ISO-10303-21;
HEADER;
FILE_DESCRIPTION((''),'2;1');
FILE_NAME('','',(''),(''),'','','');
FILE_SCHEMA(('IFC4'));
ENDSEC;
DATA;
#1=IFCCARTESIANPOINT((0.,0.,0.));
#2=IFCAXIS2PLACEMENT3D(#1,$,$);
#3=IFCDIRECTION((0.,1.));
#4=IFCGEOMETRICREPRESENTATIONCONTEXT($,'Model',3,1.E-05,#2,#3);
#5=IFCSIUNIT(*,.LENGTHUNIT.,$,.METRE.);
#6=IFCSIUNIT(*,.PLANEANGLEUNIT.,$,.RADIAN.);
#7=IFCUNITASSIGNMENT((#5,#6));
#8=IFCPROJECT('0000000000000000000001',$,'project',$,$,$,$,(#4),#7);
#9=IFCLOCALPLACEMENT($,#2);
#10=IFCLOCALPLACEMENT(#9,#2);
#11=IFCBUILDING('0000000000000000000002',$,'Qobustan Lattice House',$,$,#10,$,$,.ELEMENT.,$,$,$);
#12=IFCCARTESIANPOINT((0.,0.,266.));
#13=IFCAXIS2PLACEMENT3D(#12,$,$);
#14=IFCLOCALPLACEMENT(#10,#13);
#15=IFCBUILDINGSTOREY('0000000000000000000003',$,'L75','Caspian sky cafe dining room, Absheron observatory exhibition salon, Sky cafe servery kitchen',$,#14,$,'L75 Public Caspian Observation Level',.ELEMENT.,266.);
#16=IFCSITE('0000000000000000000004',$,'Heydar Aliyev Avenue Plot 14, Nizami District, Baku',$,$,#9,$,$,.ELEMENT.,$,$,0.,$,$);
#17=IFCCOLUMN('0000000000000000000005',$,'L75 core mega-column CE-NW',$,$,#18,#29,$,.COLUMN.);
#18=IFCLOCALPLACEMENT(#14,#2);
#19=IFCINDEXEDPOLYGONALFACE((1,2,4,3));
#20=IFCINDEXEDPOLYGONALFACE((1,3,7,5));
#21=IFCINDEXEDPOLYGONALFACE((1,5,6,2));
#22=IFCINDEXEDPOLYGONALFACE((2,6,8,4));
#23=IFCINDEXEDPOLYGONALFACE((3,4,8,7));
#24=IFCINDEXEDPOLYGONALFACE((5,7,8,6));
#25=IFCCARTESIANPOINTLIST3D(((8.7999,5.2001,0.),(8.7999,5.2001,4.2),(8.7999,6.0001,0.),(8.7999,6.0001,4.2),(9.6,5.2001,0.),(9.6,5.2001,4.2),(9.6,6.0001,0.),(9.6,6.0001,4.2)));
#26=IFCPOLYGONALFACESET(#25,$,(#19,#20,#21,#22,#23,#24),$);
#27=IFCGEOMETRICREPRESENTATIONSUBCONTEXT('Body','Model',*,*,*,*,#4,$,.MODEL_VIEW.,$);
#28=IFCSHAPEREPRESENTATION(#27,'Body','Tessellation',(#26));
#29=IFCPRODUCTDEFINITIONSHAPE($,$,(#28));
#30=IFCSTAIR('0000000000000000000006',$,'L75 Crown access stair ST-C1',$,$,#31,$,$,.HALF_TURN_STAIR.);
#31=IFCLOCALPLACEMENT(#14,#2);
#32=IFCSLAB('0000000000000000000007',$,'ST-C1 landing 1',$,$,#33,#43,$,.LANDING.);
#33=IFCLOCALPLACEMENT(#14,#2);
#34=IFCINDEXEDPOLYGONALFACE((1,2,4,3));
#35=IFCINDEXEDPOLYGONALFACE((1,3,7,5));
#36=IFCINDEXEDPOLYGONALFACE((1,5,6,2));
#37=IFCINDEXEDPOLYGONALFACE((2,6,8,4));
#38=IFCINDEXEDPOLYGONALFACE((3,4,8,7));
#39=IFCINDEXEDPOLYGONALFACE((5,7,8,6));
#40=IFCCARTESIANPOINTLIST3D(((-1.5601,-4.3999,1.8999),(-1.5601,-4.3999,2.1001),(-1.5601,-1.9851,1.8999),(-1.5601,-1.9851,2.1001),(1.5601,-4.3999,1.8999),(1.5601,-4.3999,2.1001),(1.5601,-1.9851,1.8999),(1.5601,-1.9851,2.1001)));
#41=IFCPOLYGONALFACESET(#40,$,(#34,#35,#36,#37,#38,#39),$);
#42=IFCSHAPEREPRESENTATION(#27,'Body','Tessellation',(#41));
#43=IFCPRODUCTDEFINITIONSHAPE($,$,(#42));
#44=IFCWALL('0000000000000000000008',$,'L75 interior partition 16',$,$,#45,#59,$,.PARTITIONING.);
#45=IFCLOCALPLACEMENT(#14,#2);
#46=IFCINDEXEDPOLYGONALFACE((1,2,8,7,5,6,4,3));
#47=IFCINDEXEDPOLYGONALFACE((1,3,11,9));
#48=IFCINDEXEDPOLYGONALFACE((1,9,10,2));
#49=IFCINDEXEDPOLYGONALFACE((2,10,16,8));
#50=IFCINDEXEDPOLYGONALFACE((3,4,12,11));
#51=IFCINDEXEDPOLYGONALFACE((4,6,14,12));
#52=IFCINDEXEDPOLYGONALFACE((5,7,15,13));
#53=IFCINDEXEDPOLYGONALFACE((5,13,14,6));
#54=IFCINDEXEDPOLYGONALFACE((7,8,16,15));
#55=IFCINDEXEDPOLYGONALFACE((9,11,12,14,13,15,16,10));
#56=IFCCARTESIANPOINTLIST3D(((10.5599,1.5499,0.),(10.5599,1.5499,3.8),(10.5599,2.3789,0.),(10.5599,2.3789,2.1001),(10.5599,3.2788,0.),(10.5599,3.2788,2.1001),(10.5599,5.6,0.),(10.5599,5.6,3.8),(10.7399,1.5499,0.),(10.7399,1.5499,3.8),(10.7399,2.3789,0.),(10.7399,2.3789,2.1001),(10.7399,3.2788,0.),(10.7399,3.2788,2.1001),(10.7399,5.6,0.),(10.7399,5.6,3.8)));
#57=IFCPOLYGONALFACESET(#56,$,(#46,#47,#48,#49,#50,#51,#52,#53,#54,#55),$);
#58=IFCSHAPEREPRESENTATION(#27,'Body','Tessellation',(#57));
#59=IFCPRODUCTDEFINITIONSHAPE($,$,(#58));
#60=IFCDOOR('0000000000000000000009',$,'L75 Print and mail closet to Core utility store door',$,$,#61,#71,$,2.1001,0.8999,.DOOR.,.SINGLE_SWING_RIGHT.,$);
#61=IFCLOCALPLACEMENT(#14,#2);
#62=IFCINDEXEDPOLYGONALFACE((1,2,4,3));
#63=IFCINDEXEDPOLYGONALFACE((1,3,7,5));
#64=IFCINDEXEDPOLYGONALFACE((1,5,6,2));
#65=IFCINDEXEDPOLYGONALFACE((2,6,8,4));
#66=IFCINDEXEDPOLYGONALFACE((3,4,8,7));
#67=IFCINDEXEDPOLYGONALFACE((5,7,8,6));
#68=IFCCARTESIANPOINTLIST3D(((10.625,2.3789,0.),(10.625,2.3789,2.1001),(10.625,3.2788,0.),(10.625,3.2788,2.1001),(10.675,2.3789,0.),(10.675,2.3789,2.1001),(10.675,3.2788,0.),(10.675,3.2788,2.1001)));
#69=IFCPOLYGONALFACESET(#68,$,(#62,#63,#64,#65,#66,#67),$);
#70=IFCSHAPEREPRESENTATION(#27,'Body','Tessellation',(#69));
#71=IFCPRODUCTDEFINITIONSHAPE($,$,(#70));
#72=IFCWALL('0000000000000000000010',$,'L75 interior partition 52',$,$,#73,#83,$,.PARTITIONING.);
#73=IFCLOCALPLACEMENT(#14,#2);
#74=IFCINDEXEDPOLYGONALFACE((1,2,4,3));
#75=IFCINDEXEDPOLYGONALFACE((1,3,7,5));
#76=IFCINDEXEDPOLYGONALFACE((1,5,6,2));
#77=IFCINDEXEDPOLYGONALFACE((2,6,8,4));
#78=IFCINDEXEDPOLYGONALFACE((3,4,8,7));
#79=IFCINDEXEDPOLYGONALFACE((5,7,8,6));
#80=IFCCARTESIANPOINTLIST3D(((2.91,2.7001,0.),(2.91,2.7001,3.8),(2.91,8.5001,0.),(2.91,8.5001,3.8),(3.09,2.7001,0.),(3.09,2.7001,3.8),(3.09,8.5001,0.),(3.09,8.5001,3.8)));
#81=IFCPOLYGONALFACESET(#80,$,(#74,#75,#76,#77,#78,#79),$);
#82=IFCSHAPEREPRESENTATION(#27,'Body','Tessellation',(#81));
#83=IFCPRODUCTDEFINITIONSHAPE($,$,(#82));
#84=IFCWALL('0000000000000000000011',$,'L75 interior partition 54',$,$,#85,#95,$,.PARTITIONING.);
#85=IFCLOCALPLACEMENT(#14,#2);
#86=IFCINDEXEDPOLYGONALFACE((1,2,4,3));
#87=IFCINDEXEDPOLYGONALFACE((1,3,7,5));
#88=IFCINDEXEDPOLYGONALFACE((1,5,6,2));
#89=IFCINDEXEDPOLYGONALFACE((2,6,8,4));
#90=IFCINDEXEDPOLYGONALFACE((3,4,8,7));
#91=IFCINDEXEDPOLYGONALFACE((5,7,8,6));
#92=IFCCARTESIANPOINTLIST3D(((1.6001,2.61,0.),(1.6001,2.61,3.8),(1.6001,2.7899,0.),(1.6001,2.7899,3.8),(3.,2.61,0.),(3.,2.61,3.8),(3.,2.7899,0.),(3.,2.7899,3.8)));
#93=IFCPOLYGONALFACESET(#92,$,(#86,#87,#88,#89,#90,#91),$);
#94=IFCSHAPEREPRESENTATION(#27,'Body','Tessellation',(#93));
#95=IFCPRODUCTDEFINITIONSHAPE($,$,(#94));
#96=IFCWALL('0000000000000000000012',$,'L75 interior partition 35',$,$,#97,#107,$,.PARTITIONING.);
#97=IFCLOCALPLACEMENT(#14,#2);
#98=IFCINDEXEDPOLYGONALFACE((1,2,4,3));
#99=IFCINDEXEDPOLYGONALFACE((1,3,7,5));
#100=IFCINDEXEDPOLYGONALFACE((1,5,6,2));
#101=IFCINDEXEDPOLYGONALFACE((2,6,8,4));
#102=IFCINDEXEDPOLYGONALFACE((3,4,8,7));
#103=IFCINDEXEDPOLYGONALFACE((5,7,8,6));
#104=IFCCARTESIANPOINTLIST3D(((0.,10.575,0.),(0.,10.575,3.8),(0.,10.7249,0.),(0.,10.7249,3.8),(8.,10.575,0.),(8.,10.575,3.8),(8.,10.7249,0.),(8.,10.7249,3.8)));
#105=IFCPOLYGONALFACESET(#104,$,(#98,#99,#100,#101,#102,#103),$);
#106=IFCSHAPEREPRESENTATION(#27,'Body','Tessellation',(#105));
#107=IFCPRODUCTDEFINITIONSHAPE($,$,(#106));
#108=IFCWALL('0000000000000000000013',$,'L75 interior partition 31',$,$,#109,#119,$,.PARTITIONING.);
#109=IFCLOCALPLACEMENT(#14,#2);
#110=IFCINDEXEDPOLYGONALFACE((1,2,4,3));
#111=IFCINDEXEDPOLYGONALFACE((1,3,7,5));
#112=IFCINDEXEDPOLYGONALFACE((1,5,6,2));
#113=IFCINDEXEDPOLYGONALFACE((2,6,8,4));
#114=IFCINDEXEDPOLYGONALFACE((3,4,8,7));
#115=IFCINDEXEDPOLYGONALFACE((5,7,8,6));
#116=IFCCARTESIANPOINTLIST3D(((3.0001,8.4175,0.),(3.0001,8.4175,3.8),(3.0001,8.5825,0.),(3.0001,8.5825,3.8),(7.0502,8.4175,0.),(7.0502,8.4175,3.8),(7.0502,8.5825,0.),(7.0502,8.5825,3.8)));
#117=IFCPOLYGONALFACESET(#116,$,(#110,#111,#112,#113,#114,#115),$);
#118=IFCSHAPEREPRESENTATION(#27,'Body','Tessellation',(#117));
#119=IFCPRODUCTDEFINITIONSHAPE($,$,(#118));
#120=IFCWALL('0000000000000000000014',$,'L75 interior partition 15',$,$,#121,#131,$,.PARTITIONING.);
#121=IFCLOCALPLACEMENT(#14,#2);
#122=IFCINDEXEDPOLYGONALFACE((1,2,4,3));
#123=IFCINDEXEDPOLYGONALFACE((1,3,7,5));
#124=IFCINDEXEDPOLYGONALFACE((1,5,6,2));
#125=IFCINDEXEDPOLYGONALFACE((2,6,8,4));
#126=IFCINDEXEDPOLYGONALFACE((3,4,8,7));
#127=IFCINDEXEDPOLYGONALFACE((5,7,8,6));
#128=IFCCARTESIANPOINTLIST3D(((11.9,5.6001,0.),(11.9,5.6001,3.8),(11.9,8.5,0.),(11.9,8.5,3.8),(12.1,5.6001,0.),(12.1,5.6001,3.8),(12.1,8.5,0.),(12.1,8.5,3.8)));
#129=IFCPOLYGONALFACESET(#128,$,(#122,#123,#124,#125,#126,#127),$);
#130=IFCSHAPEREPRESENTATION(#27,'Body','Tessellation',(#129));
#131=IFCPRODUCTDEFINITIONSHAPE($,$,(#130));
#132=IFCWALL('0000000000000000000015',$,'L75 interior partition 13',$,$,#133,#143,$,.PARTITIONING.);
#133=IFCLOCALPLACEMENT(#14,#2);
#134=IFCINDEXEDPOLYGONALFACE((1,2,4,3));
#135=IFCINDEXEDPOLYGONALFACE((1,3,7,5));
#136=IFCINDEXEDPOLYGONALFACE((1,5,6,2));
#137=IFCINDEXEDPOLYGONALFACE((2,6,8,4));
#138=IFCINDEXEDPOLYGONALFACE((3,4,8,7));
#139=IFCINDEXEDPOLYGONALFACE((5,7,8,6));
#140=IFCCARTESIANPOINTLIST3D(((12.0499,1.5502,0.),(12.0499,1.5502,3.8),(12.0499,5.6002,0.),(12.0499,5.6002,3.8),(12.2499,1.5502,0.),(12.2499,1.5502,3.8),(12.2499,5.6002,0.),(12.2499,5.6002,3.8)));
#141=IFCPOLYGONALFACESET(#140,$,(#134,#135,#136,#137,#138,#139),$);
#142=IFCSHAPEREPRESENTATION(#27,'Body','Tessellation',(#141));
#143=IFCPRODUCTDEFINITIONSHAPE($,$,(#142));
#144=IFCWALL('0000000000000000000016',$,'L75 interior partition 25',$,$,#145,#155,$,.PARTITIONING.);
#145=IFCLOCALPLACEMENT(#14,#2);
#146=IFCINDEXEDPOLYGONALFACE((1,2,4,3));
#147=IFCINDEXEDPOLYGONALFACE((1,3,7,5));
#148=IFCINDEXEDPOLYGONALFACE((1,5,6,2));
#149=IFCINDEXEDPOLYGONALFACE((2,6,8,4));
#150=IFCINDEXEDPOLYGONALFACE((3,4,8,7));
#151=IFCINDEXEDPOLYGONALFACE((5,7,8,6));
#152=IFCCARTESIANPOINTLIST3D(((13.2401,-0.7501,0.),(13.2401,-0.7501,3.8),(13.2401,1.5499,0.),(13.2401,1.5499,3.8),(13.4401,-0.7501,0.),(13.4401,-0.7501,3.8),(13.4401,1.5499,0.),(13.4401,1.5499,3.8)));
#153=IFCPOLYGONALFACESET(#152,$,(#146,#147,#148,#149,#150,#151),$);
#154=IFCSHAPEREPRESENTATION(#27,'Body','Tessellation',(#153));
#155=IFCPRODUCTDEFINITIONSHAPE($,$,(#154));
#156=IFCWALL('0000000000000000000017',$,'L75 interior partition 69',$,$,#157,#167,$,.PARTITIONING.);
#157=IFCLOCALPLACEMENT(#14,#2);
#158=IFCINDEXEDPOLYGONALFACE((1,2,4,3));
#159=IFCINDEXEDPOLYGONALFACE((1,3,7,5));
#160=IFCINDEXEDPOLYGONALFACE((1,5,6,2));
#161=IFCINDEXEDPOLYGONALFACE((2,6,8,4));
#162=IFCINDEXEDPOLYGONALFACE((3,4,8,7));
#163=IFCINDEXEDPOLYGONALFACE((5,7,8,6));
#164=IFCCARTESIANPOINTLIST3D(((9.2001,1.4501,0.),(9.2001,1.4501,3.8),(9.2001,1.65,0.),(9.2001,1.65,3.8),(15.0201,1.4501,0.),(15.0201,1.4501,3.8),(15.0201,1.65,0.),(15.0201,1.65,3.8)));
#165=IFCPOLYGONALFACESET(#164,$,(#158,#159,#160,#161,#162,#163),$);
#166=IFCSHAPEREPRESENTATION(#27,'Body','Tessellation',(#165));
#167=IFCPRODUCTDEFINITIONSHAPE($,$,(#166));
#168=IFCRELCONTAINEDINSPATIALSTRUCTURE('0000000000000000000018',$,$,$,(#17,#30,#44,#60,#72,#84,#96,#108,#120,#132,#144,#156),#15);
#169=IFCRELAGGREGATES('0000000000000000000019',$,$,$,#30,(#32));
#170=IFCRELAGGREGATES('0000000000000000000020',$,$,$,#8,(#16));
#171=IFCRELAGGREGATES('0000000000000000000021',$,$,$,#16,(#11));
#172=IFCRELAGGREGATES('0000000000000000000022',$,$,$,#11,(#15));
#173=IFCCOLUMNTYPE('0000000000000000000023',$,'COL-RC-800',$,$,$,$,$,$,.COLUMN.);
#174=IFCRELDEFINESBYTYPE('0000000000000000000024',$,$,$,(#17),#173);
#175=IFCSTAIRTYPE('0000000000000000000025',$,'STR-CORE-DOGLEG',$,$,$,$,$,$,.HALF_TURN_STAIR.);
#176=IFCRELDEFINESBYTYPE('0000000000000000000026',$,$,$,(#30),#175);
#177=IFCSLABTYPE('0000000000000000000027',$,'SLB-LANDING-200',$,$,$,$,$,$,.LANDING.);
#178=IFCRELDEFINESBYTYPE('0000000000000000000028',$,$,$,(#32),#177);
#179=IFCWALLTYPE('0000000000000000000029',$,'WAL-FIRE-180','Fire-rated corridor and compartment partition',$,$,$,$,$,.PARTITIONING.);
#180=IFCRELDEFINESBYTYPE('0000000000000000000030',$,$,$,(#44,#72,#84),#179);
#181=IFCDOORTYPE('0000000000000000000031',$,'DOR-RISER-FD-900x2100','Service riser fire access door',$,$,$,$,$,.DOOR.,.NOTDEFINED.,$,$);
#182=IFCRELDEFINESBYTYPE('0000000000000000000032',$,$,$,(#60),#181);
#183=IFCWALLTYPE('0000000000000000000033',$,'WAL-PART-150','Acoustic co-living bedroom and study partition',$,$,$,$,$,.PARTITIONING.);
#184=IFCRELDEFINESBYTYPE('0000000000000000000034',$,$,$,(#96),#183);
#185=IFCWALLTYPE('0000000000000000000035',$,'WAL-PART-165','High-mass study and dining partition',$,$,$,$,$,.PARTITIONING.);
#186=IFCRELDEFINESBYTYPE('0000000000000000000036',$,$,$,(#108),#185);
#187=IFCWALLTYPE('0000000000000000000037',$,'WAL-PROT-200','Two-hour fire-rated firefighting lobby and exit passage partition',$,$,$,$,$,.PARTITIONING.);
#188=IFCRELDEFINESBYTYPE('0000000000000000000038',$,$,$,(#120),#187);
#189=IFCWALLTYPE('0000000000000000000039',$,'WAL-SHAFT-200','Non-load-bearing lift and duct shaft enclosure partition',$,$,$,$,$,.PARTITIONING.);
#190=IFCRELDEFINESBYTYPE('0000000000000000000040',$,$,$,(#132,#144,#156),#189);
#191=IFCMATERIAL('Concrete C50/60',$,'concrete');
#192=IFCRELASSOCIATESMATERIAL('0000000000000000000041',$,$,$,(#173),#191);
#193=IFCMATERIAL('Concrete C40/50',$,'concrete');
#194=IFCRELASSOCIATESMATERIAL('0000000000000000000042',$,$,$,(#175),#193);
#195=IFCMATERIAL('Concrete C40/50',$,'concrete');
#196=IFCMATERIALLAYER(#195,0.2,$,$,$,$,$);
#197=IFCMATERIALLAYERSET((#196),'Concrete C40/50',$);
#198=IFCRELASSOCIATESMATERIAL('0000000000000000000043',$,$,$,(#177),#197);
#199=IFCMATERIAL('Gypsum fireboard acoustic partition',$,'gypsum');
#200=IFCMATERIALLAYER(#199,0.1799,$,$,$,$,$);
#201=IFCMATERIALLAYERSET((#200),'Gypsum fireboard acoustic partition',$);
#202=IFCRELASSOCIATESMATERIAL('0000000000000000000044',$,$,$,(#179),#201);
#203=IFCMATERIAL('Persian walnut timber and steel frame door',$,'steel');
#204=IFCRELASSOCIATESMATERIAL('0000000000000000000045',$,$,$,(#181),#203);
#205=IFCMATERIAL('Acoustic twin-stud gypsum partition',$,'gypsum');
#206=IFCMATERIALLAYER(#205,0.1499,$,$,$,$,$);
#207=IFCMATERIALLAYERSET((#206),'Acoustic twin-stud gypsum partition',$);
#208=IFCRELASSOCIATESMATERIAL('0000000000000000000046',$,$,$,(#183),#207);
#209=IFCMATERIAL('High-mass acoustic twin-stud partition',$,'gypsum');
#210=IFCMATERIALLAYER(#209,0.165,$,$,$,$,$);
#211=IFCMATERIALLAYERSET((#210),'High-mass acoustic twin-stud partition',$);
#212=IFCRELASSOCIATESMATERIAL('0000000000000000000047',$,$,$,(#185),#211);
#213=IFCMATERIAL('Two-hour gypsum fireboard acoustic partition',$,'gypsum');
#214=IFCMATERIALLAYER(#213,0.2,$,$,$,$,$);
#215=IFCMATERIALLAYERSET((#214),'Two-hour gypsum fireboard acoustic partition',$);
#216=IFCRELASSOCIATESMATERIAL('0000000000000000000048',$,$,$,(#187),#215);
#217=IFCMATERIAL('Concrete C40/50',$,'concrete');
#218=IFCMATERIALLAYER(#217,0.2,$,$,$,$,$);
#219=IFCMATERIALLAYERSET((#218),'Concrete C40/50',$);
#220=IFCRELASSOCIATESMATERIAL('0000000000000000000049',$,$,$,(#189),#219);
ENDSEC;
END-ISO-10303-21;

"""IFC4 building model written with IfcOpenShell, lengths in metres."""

from ifc_helpers import new_model, si_unit, direction, frame, frame_2d, origin, origin_2d, place, context, subcontext, project, spatial, polyline, rectangle, outline, extrude, material, layer, layer_set, material_profile, profile_set, type_object, element, fill, aggregate, save


model = new_model("IFC4")

# Units and contexts
model_context = context("Model", 3, precision=1e-05, world=origin(), true_north=direction((0.0, 1.0)))
body_context = subcontext(model_context, "Body", "Model", "MODEL_VIEW")
ifc_project = project(units=[si_unit("LENGTHUNIT", "METRE"), si_unit("PLANEANGLEUNIT", "RADIAN")], contexts=[model_context])

# Site, building, storey
site_placement = place(None, origin())
site = spatial("IfcSite", under=ifc_project, at=site_placement, Name="Heydar Aliyev Avenue Plot 14, Nizami District, Baku", CompositionType="ELEMENT", RefElevation=0.0)
building_placement = place(site_placement, origin())
building = spatial("IfcBuilding", under=site, at=building_placement, Name="Qobustan Lattice House", CompositionType="ELEMENT")
storey_placement = place(building_placement, frame((0.0, 0.0, 266.0)))
storey = spatial("IfcBuildingStorey", under=building, at=storey_placement, Name="L75", Description="Caspian sky cafe dining room, Absheron observatory exhibition salon, Sky cafe servery kitchen", LongName="L75 Public Caspian Observation Level", CompositionType="ELEMENT", Elevation=266.0)

# Column
ifc_material_1 = material(Name="Concrete C50/60", Category="concrete")
ifc_material_profile = material_profile(ifc_material_1, rectangle(XDim=0.8, YDim=0.8, at=origin_2d()), Name="RC800x800")
ifc_profile_set = profile_set([ifc_material_profile], Name="Concrete C50/60")
column_type = type_object("IfcColumnType", Name="COL-RC-800", PredefinedType="COLUMN", material=ifc_profile_set)
column_placement = place(storey_placement, frame((9.2, 5.6001, 0.0), z_axis=(0.0, 0.0, 1.0), x_axis=(1.0, 0.0, 0.0)))
element("IfcColumn", 1, at=column_placement, inside=storey, type_object=column_type, Name="L75 core mega-column CE-NW", PredefinedType="COLUMN", context=body_context, shape_type="SweptSolid", body=[
    extrude(rectangle(XDim=0.8, YDim=0.8, at=origin_2d()), origin(), (0.0, 0.0, 1.0), 4.2),
])

# Stair, slab
ifc_material_2 = material(Name="Concrete C40/50", Category="concrete")
stair_type = type_object("IfcStairType", Name="STR-CORE-DOGLEG", PredefinedType="HALF_TURN_STAIR", material=ifc_material_2)
stair_placement = place(storey_placement, origin())
stair = element("IfcStair", 2, at=stair_placement, inside=storey, type_object=stair_type, Name="L75 Crown access stair ST-C1", PredefinedType="HALF_TURN_STAIR")
ifc_material_3 = material(Name="Concrete C40/50", Category="concrete")
ifc_layer_1 = layer(ifc_material_3, 0.2)
ifc_layer_set_1 = layer_set([ifc_layer_1], Name="Concrete C40/50")
slab_type = type_object("IfcSlabType", Name="SLB-LANDING-200", PredefinedType="LANDING", material=ifc_layer_set_1)
slab_placement = place(storey_placement, frame((0.0, 0.0, 1.8999)))
slab = element("IfcSlab", 3, at=slab_placement, type_object=slab_type, Name="ST-C1 landing 1", PredefinedType="LANDING", context=body_context, shape_type="SweptSolid", body=[
    extrude(outline(polyline([(-1.5601, -1.9851), (-1.5601, -4.3999), (1.5601, -4.3999), (1.5601, -1.9851), (-1.5601, -1.9851)])), origin(), (0.0, 0.0, 1.0), 0.2002),
])
aggregate(stair, [slab])

# Wall, opening, door
ifc_material_4 = material(Name="Gypsum fireboard acoustic partition", Category="gypsum")
ifc_layer_2 = layer(ifc_material_4, 0.1799)
ifc_layer_set_2 = layer_set([ifc_layer_2], Name="Gypsum fireboard acoustic partition")
wall_type_1 = type_object("IfcWallType", Name="WAL-FIRE-180", Description="Fire-rated corridor and compartment partition", PredefinedType="PARTITIONING", material=ifc_layer_set_2)
wall_1_placement = place(storey_placement, frame((10.6499, 1.55, 0.0), z_axis=(0.0, 0.0, 1.0), x_axis=(0.0, 1.0, 0.0)))
wall_1 = element("IfcWall", 4, at=wall_1_placement, inside=storey, type_object=wall_type_1, Name="L75 interior partition 16", PredefinedType="PARTITIONING", context=body_context, shape_type="SweptSolid", body=[
    extrude(rectangle(XDim=4.05, YDim=0.1799, at=frame_2d((2.0249, 0.0))), origin(), (0.0, 0.0, 1.0), 3.8),
])
opening_1_placement = place(wall_1_placement, frame((0.8289, 0.0, 0.0)))
opening_1 = element("IfcOpeningElement", 5, at=opening_1_placement, cuts=wall_1, PredefinedType="OPENING", context=body_context, shape_type="SweptSolid", body=[
    extrude(rectangle(XDim=0.8999, YDim=2.1001, at=frame_2d((0.45, 1.05))), frame((0.0, 0.0999, 0.0), z_axis=(0.0, -1.0, 0.0), x_axis=(1.0, 0.0, 0.0)), (0.0, 0.0, 1.0), 0.2),
])
ifc_material_5 = material(Name="Persian walnut timber and steel frame door", Category="steel")
door_type_1 = type_object("IfcDoorType", Name="DOR-RISER-FD-900x2100", Description="Service riser fire access door", OperationType="NOTDEFINED", PredefinedType="DOOR", material=ifc_material_5)
door_1_placement = place(opening_1_placement, origin())
door_1 = element("IfcDoor", 6, at=door_1_placement, inside=storey, type_object=door_type_1, Name="L75 Print and mail closet to Core utility store door", OperationType="SINGLE_SWING_RIGHT", OverallHeight=2.1001, OverallWidth=0.8999, PredefinedType="DOOR", context=body_context, shape_type="SweptSolid", body=[
    extrude(rectangle(XDim=0.8999, YDim=2.1001, at=frame_2d((0.45, 1.05))), frame((0.0, 0.0249, 0.0), z_axis=(0.0, -1.0, 0.0), x_axis=(1.0, 0.0, 0.0)), (0.0, 0.0, 1.0), 0.05),
])
fill(opening_1, door_1)

# Walls
wall_2_placement = place(storey_placement, frame((3.0, 8.5, 0.0), z_axis=(0.0, 0.0, 1.0), x_axis=(0.0, -1.0, 0.0)))
element("IfcWall", 7, at=wall_2_placement, inside=storey, type_object=wall_type_1, Name="L75 interior partition 52", PredefinedType="PARTITIONING", context=body_context, shape_type="SweptSolid", body=[
    extrude(rectangle(XDim=5.8, YDim=0.1799, at=frame_2d((2.8999, 0.0))), origin(), (0.0, 0.0, 1.0), 3.8),
])
wall_3_placement = place(storey_placement, frame((3.0, 2.7, 0.0), z_axis=(0.0, 0.0, 1.0), x_axis=(-1.0, 0.0, 0.0)))
element("IfcWall", 8, at=wall_3_placement, inside=storey, type_object=wall_type_1, Name="L75 interior partition 54", PredefinedType="PARTITIONING", context=body_context, shape_type="SweptSolid", body=[
    extrude(rectangle(XDim=1.3999, YDim=0.1799, at=frame_2d((0.7, 0.0))), origin(), (0.0, 0.0, 1.0), 3.8),
])
ifc_material_6 = material(Name="Acoustic twin-stud gypsum partition", Category="gypsum")
ifc_layer_3 = layer(ifc_material_6, 0.1499)
ifc_layer_set_3 = layer_set([ifc_layer_3], Name="Acoustic twin-stud gypsum partition")
wall_type_2 = type_object("IfcWallType", Name="WAL-PART-150", Description="Acoustic co-living bedroom and study partition", PredefinedType="PARTITIONING", material=ifc_layer_set_3)
wall_4_placement = place(storey_placement, frame((0.0, 10.6499, 0.0), z_axis=(0.0, 0.0, 1.0), x_axis=(1.0, 0.0, 0.0)))
element("IfcWall", 9, at=wall_4_placement, inside=storey, type_object=wall_type_2, Name="L75 interior partition 35", PredefinedType="PARTITIONING", context=body_context, shape_type="SweptSolid", body=[
    extrude(rectangle(XDim=8.0, YDim=0.1499, at=frame_2d((4.0, 0.0))), origin(), (0.0, 0.0, 1.0), 3.8),
])
ifc_material_7 = material(Name="High-mass acoustic twin-stud partition", Category="gypsum")
ifc_layer_4 = layer(ifc_material_7, 0.165)
ifc_layer_set_4 = layer_set([ifc_layer_4], Name="High-mass acoustic twin-stud partition")
wall_type_3 = type_object("IfcWallType", Name="WAL-PART-165", Description="High-mass study and dining partition", PredefinedType="PARTITIONING", material=ifc_layer_set_4)
wall_5_placement = place(storey_placement, frame((7.05, 8.5, 0.0), z_axis=(0.0, 0.0, 1.0), x_axis=(-1.0, 0.0, 0.0)))
element("IfcWall", 10, at=wall_5_placement, inside=storey, type_object=wall_type_3, Name="L75 interior partition 31", PredefinedType="PARTITIONING", context=body_context, shape_type="SweptSolid", body=[
    extrude(rectangle(XDim=4.05, YDim=0.165, at=frame_2d((2.0249, 0.0))), origin(), (0.0, 0.0, 1.0), 3.8),
])
ifc_material_8 = material(Name="Two-hour gypsum fireboard acoustic partition", Category="gypsum")
ifc_layer_5 = layer(ifc_material_8, 0.2)
ifc_layer_set_5 = layer_set([ifc_layer_5], Name="Two-hour gypsum fireboard acoustic partition")
wall_type_4 = type_object("IfcWallType", Name="WAL-PROT-200", Description="Two-hour fire-rated firefighting lobby and exit passage partition", PredefinedType="PARTITIONING", material=ifc_layer_set_5)
wall_6_placement = place(storey_placement, frame((12.0, 8.5, 0.0), z_axis=(0.0, 0.0, 1.0), x_axis=(0.0, -1.0, 0.0)))
element("IfcWall", 11, at=wall_6_placement, inside=storey, type_object=wall_type_4, Name="L75 interior partition 15", PredefinedType="PARTITIONING", context=body_context, shape_type="SweptSolid", body=[
    extrude(rectangle(XDim=2.8999, YDim=0.2, at=frame_2d((1.45, 0.0))), origin(), (0.0, 0.0, 1.0), 3.8),
])
ifc_material_9 = material(Name="Concrete C40/50", Category="concrete")
ifc_layer_6 = layer(ifc_material_9, 0.2)
ifc_layer_set_6 = layer_set([ifc_layer_6], Name="Concrete C40/50")
wall_type_5 = type_object("IfcWallType", Name="WAL-SHAFT-200", Description="Non-load-bearing lift and duct shaft enclosure partition", PredefinedType="PARTITIONING", material=ifc_layer_set_6)
wall_7_placement = place(storey_placement, frame((12.1499, 5.6001, 0.0), z_axis=(0.0, 0.0, 1.0), x_axis=(0.0, -1.0, 0.0)))
element("IfcWall", 12, at=wall_7_placement, inside=storey, type_object=wall_type_5, Name="L75 interior partition 13", PredefinedType="PARTITIONING", context=body_context, shape_type="SweptSolid", body=[
    extrude(rectangle(XDim=4.05, YDim=0.2, at=frame_2d((2.0249, 0.0))), origin(), (0.0, 0.0, 1.0), 3.8),
])
wall_8_placement = place(storey_placement, frame((13.3401, -0.75, 0.0), z_axis=(0.0, 0.0, 1.0), x_axis=(0.0, 1.0, 0.0)))
element("IfcWall", 13, at=wall_8_placement, inside=storey, type_object=wall_type_5, Name="L75 interior partition 25", PredefinedType="PARTITIONING", context=body_context, shape_type="SweptSolid", body=[
    extrude(rectangle(XDim=2.3, YDim=0.2, at=frame_2d((1.1499, 0.0))), origin(), (0.0, 0.0, 1.0), 3.8),
])
wall_9_placement = place(storey_placement, frame((9.2, 1.55, 0.0), z_axis=(0.0, 0.0, 1.0), x_axis=(1.0, 0.0, 0.0)))
element("IfcWall", 14, at=wall_9_placement, inside=storey, type_object=wall_type_5, Name="L75 interior partition 69", PredefinedType="PARTITIONING", context=body_context, shape_type="SweptSolid", body=[
    extrude(rectangle(XDim=5.8201, YDim=0.2, at=frame_2d((2.9102, 0.0))), origin(), (0.0, 0.0, 1.0), 3.8),
])

save(model, "model.ifc")
